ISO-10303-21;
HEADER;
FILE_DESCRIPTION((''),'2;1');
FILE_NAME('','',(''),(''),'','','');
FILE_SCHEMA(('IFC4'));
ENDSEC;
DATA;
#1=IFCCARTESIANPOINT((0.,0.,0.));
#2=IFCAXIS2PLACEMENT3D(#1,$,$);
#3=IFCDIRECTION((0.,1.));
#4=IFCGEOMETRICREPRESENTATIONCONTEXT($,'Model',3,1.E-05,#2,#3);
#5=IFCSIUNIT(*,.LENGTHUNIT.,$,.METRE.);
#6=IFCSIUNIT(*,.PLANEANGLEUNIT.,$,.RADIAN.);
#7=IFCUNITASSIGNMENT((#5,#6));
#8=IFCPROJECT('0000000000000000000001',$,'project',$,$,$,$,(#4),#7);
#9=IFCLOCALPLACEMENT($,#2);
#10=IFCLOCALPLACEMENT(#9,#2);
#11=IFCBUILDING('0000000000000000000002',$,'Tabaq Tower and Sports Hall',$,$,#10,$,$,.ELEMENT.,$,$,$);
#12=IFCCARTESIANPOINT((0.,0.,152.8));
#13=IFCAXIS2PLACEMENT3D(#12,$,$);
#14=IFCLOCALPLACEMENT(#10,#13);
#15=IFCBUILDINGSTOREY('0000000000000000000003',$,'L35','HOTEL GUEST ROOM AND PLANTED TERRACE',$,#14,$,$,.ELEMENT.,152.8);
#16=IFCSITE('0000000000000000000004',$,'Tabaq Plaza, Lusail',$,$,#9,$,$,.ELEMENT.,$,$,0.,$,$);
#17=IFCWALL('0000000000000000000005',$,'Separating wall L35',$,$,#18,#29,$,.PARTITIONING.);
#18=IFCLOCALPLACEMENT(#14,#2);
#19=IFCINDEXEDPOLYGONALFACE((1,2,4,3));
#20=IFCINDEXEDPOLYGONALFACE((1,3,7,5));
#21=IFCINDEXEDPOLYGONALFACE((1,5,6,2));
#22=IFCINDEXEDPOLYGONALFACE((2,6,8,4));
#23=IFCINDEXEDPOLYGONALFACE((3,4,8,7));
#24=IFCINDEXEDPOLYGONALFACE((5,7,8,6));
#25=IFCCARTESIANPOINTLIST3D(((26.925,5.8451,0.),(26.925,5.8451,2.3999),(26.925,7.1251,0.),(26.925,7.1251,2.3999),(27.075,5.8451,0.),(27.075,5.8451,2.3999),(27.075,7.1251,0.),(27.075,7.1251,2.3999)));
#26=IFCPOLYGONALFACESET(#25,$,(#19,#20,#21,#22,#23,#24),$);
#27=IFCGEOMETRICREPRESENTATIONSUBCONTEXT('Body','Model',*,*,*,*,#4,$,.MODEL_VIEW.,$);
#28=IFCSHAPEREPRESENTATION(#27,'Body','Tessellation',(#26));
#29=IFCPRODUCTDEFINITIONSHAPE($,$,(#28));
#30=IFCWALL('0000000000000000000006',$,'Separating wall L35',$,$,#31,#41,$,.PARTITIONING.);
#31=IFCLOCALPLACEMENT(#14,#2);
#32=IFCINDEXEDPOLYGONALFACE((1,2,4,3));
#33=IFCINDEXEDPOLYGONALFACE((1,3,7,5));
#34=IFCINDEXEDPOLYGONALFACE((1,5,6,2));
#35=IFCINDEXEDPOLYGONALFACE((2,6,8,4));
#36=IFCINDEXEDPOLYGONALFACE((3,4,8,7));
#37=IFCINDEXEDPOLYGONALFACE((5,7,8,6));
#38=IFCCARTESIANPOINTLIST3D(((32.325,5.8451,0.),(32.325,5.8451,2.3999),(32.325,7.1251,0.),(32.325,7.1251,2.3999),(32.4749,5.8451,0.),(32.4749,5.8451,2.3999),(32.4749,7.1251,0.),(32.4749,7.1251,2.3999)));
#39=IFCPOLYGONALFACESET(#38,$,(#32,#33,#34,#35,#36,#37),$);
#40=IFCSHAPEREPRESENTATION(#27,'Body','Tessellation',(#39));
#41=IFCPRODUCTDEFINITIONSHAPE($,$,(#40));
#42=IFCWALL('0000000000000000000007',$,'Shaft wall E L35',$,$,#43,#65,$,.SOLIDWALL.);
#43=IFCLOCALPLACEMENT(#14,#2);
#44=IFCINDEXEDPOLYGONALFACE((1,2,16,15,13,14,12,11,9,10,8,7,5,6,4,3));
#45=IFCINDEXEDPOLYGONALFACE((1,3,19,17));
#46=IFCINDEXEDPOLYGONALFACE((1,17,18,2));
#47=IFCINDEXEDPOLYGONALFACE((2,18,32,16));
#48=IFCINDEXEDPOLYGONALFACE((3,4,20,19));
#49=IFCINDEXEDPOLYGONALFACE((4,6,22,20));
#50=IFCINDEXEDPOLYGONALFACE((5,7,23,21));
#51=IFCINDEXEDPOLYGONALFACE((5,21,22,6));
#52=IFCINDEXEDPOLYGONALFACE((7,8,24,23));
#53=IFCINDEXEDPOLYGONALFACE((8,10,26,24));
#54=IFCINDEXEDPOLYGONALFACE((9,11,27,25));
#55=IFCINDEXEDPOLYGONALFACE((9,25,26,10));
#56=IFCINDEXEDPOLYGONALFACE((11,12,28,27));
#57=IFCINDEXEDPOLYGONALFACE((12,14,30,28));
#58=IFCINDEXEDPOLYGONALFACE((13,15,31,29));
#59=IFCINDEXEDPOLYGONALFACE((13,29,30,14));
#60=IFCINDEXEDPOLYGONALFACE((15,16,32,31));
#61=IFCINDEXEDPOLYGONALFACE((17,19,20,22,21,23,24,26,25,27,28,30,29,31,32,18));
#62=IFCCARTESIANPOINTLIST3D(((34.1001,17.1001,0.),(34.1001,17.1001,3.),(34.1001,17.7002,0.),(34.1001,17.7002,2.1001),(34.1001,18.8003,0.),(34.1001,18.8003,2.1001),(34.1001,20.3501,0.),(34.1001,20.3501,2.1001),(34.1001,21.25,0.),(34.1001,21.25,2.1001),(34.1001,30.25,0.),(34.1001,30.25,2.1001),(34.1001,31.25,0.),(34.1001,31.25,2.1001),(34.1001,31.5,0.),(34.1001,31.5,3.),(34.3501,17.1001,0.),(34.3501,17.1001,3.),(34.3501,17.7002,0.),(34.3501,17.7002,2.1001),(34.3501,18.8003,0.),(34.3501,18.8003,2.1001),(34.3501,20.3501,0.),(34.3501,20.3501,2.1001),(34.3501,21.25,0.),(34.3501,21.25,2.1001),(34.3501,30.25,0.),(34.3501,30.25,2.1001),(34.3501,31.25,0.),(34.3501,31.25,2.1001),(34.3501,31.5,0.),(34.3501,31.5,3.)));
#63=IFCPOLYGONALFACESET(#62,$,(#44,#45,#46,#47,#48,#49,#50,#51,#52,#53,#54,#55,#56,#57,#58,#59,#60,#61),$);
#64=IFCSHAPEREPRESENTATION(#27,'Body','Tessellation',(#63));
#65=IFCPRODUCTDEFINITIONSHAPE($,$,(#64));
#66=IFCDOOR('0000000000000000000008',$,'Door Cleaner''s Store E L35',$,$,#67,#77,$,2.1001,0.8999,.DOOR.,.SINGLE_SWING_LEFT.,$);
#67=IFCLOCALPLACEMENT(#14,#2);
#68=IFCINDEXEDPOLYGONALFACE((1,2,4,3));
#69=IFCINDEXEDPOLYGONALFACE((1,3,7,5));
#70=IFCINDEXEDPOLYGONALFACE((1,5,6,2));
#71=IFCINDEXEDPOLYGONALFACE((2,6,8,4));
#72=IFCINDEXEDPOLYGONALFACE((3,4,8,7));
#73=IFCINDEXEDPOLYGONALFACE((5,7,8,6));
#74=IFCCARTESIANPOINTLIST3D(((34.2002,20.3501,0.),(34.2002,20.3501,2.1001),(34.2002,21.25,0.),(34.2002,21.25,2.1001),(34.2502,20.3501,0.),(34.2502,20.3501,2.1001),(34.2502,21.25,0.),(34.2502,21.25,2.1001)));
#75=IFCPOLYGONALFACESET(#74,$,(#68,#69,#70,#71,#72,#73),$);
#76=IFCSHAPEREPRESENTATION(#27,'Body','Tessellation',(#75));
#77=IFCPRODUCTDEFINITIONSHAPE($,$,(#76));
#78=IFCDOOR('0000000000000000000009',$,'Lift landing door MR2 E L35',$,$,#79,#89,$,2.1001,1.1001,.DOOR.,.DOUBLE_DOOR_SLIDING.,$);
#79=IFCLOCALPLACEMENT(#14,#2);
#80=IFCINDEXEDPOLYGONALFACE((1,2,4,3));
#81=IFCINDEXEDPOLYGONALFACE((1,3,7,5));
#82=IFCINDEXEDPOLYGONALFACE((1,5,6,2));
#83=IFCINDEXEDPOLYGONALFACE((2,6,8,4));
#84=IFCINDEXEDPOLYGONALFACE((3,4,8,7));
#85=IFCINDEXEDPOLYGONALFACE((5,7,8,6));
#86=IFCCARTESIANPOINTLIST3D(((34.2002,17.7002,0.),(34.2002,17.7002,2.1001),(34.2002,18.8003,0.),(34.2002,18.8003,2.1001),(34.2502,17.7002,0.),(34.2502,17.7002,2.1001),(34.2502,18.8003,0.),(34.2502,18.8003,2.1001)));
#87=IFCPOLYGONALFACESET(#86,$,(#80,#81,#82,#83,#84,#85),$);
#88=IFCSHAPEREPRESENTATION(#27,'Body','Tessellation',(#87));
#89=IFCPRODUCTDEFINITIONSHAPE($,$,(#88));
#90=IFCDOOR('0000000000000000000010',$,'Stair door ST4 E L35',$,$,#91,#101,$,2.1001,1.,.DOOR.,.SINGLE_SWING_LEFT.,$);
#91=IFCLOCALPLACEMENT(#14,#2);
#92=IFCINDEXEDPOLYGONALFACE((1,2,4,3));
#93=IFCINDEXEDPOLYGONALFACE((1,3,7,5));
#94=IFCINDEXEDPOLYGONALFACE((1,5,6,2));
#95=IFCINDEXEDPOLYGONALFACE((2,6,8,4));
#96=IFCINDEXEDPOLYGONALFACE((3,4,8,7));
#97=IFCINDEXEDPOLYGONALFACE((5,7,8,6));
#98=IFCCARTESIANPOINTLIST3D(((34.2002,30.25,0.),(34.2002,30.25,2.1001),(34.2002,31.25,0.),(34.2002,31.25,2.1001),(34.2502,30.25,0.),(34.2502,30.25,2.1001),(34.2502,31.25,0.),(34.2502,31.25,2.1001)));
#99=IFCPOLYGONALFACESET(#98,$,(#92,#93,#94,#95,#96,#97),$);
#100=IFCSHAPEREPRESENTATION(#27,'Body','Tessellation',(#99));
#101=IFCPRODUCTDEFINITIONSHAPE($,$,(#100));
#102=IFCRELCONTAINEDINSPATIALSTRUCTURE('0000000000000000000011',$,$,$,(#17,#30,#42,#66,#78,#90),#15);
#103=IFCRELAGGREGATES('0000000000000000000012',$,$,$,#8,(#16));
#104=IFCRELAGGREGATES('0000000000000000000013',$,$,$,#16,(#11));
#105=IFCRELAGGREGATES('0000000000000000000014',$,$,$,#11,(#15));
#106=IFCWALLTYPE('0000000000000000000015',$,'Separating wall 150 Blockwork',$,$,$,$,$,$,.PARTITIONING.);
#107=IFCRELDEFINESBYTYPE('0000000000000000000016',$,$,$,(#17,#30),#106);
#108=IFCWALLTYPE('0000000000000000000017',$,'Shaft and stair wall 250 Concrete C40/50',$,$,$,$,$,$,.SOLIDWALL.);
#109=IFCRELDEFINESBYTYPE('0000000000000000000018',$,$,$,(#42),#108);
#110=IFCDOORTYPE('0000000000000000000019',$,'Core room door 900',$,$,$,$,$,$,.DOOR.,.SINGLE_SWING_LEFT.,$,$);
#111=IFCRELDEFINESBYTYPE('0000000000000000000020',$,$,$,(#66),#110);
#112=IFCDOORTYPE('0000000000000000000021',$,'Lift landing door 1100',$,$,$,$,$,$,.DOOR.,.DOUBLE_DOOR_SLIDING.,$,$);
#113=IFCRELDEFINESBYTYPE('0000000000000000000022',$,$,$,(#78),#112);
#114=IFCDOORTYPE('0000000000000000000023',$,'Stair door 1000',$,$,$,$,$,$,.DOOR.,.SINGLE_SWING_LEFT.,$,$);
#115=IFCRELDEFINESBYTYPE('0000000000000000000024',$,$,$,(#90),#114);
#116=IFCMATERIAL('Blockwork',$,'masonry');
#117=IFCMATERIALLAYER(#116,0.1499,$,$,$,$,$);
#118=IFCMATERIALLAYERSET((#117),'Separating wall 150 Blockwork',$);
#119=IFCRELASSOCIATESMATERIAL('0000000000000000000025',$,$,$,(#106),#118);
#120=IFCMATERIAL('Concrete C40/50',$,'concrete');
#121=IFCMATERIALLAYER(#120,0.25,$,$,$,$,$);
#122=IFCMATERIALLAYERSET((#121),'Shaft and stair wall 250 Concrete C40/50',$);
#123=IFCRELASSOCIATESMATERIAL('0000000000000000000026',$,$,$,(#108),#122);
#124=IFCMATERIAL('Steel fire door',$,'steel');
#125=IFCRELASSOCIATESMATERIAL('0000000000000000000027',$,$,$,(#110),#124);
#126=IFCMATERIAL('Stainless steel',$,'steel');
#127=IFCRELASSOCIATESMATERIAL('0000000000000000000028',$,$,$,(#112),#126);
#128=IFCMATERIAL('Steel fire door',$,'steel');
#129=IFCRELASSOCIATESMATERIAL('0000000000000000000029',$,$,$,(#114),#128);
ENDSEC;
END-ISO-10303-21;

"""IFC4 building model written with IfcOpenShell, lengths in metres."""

from ifc_helpers import new_model, si_unit, direction, frame, frame_2d, origin, place, context, subcontext, project, spatial, rectangle, extrude, material, layer, layer_set, type_object, element, fill, save


model = new_model("IFC4")

# Units and contexts
model_context = context("Model", 3, precision=1e-05, world=origin(), true_north=direction((0.0, 1.0)))
body_context = subcontext(model_context, "Body", "Model", "MODEL_VIEW")
ifc_project = project(units=[si_unit("LENGTHUNIT", "METRE"), si_unit("PLANEANGLEUNIT", "RADIAN")], contexts=[model_context])

# Site, building, storey
site_placement = place(None, origin())
site = spatial("IfcSite", under=ifc_project, at=site_placement, Name="Tabaq Plaza, Lusail", CompositionType="ELEMENT", RefElevation=0.0)
building_placement = place(site_placement, origin())
building = spatial("IfcBuilding", under=site, at=building_placement, Name="Tabaq Tower and Sports Hall", CompositionType="ELEMENT")
storey_placement = place(building_placement, frame((0.0, 0.0, 152.8)))
storey = spatial("IfcBuildingStorey", under=building, at=storey_placement, Name="L35", Description="HOTEL GUEST ROOM AND PLANTED TERRACE", CompositionType="ELEMENT", Elevation=152.8)

# Walls
ifc_material_1 = material(Name="Blockwork", Category="masonry")
ifc_layer_1 = layer(ifc_material_1, 0.1499)
ifc_layer_set_1 = layer_set([ifc_layer_1], Name="Separating wall 150 Blockwork")
wall_type_1 = type_object("IfcWallType", Name="Separating wall 150 Blockwork", PredefinedType="PARTITIONING", material=ifc_layer_set_1)
for number, where, z_axis, x_axis, name in (
    (1, (27.0, 5.845, 0.0), (0.0, 0.0, 1.0), (0.0, 1.0, 0.0), "Separating wall L35"),
    (2, (32.3999, 5.845, 0.0), (0.0, 0.0, 1.0), (0.0, 1.0, 0.0), "Separating wall L35"),
):
    element("IfcWall", number, at=place(storey_placement, frame(where, z_axis=z_axis, x_axis=x_axis)), inside=storey, type_object=wall_type_1, Name=name, PredefinedType="PARTITIONING", context=body_context, shape_type="SweptSolid", body=[
        extrude(rectangle(XDim=1.28, YDim=0.1499, at=frame_2d((0.6401, 0.0))), origin(), (0.0, 0.0, 1.0), 2.3999),
    ])

# Wall, openings, doors
ifc_material_2 = material(Name="Concrete C40/50", Category="concrete")
ifc_layer_2 = layer(ifc_material_2, 0.25)
ifc_layer_set_2 = layer_set([ifc_layer_2], Name="Shaft and stair wall 250 Concrete C40/50")
wall_type_2 = type_object("IfcWallType", Name="Shaft and stair wall 250 Concrete C40/50", PredefinedType="SOLIDWALL", material=ifc_layer_set_2)
wall_1_placement = place(storey_placement, frame((34.2251, 17.1001, 0.0), z_axis=(0.0, 0.0, 1.0), x_axis=(0.0, 1.0, 0.0)))
wall_1 = element("IfcWall", 3, at=wall_1_placement, inside=storey, type_object=wall_type_2, Name="Shaft wall E L35", PredefinedType="SOLIDWALL", context=body_context, shape_type="SweptSolid", body=[
    extrude(rectangle(XDim=14.3999, YDim=0.25, at=frame_2d((7.2, 0.0))), origin(), (0.0, 0.0, 1.0), 3.0),
])
opening_1_placement = place(wall_1_placement, frame((13.1499, 0.0, 0.0)))
opening_1 = element("IfcOpeningElement", 4, at=opening_1_placement, cuts=wall_1, PredefinedType="OPENING", context=body_context, shape_type="SweptSolid", body=[
    extrude(rectangle(XDim=1.0, YDim=2.1001, at=frame_2d((0.5, 1.05))), frame((0.0, 0.125, 0.0), z_axis=(0.0, -1.0, 0.0), x_axis=(1.0, 0.0, 0.0)), (0.0, 0.0, 1.0), 0.25),
])
opening_2_placement = place(wall_1_placement, frame((0.6001, 0.0, 0.0)))
opening_2 = element("IfcOpeningElement", 5, at=opening_2_placement, cuts=wall_1, PredefinedType="OPENING", context=body_context, shape_type="SweptSolid", body=[
    extrude(rectangle(XDim=1.1001, YDim=2.1001, at=frame_2d((0.55, 1.05))), frame((0.0, 0.125, 0.0), z_axis=(0.0, -1.0, 0.0), x_axis=(1.0, 0.0, 0.0)), (0.0, 0.0, 1.0), 0.25),
])
opening_3_placement = place(wall_1_placement, frame((3.25, 0.0, 0.0)))
opening_3 = element("IfcOpeningElement", 6, at=opening_3_placement, cuts=wall_1, PredefinedType="OPENING", context=body_context, shape_type="SweptSolid", body=[
    extrude(rectangle(XDim=0.8999, YDim=2.1001, at=frame_2d((0.45, 1.05))), frame((0.0, 0.125, 0.0), z_axis=(0.0, -1.0, 0.0), x_axis=(1.0, 0.0, 0.0)), (0.0, 0.0, 1.0), 0.25),
])
ifc_material_3 = material(Name="Steel fire door", Category="steel")
door_type_1 = type_object("IfcDoorType", Name="Core room door 900", OperationType="SINGLE_SWING_LEFT", PredefinedType="DOOR", material=ifc_material_3)
door_1_placement = place(opening_3_placement, origin())
door_1 = element("IfcDoor", 7, at=door_1_placement, inside=storey, type_object=door_type_1, Name="Door Cleaner's Store E L35", OperationType="SINGLE_SWING_LEFT", OverallHeight=2.1001, OverallWidth=0.8999, PredefinedType="DOOR", context=body_context, shape_type="SweptSolid", body=[
    extrude(rectangle(XDim=0.8999, YDim=2.1001, at=frame_2d((0.45, 1.05))), frame((0.0, 0.0249, 0.0), z_axis=(0.0, -1.0, 0.0), x_axis=(1.0, 0.0, 0.0)), (0.0, 0.0, 1.0), 0.05),
])
fill(opening_3, door_1)
ifc_material_4 = material(Name="Stainless steel", Category="steel")
door_type_2 = type_object("IfcDoorType", Name="Lift landing door 1100", OperationType="DOUBLE_DOOR_SLIDING", PredefinedType="DOOR", material=ifc_material_4)
door_2_placement = place(opening_2_placement, origin())
door_2 = element("IfcDoor", 8, at=door_2_placement, inside=storey, type_object=door_type_2, Name="Lift landing door MR2 E L35", OperationType="DOUBLE_DOOR_SLIDING", OverallHeight=2.1001, OverallWidth=1.1001, PredefinedType="DOOR", context=body_context, shape_type="SweptSolid", body=[
    extrude(rectangle(XDim=1.1001, YDim=2.1001, at=frame_2d((0.55, 1.05))), frame((0.0, 0.0249, 0.0), z_axis=(0.0, -1.0, 0.0), x_axis=(1.0, 0.0, 0.0)), (0.0, 0.0, 1.0), 0.05),
])
fill(opening_2, door_2)
ifc_material_5 = material(Name="Steel fire door", Category="steel")
door_type_3 = type_object("IfcDoorType", Name="Stair door 1000", OperationType="SINGLE_SWING_LEFT", PredefinedType="DOOR", material=ifc_material_5)
door_3_placement = place(opening_1_placement, origin())
door_3 = element("IfcDoor", 9, at=door_3_placement, inside=storey, type_object=door_type_3, Name="Stair door ST4 E L35", OperationType="SINGLE_SWING_LEFT", OverallHeight=2.1001, OverallWidth=1.0, PredefinedType="DOOR", context=body_context, shape_type="SweptSolid", body=[
    extrude(rectangle(XDim=1.0, YDim=2.1001, at=frame_2d((0.5, 1.05))), frame((0.0, 0.0249, 0.0), z_axis=(0.0, -1.0, 0.0), x_axis=(1.0, 0.0, 0.0)), (0.0, 0.0, 1.0), 0.05),
])
fill(opening_1, door_3)

save(model, "model.ifc")
